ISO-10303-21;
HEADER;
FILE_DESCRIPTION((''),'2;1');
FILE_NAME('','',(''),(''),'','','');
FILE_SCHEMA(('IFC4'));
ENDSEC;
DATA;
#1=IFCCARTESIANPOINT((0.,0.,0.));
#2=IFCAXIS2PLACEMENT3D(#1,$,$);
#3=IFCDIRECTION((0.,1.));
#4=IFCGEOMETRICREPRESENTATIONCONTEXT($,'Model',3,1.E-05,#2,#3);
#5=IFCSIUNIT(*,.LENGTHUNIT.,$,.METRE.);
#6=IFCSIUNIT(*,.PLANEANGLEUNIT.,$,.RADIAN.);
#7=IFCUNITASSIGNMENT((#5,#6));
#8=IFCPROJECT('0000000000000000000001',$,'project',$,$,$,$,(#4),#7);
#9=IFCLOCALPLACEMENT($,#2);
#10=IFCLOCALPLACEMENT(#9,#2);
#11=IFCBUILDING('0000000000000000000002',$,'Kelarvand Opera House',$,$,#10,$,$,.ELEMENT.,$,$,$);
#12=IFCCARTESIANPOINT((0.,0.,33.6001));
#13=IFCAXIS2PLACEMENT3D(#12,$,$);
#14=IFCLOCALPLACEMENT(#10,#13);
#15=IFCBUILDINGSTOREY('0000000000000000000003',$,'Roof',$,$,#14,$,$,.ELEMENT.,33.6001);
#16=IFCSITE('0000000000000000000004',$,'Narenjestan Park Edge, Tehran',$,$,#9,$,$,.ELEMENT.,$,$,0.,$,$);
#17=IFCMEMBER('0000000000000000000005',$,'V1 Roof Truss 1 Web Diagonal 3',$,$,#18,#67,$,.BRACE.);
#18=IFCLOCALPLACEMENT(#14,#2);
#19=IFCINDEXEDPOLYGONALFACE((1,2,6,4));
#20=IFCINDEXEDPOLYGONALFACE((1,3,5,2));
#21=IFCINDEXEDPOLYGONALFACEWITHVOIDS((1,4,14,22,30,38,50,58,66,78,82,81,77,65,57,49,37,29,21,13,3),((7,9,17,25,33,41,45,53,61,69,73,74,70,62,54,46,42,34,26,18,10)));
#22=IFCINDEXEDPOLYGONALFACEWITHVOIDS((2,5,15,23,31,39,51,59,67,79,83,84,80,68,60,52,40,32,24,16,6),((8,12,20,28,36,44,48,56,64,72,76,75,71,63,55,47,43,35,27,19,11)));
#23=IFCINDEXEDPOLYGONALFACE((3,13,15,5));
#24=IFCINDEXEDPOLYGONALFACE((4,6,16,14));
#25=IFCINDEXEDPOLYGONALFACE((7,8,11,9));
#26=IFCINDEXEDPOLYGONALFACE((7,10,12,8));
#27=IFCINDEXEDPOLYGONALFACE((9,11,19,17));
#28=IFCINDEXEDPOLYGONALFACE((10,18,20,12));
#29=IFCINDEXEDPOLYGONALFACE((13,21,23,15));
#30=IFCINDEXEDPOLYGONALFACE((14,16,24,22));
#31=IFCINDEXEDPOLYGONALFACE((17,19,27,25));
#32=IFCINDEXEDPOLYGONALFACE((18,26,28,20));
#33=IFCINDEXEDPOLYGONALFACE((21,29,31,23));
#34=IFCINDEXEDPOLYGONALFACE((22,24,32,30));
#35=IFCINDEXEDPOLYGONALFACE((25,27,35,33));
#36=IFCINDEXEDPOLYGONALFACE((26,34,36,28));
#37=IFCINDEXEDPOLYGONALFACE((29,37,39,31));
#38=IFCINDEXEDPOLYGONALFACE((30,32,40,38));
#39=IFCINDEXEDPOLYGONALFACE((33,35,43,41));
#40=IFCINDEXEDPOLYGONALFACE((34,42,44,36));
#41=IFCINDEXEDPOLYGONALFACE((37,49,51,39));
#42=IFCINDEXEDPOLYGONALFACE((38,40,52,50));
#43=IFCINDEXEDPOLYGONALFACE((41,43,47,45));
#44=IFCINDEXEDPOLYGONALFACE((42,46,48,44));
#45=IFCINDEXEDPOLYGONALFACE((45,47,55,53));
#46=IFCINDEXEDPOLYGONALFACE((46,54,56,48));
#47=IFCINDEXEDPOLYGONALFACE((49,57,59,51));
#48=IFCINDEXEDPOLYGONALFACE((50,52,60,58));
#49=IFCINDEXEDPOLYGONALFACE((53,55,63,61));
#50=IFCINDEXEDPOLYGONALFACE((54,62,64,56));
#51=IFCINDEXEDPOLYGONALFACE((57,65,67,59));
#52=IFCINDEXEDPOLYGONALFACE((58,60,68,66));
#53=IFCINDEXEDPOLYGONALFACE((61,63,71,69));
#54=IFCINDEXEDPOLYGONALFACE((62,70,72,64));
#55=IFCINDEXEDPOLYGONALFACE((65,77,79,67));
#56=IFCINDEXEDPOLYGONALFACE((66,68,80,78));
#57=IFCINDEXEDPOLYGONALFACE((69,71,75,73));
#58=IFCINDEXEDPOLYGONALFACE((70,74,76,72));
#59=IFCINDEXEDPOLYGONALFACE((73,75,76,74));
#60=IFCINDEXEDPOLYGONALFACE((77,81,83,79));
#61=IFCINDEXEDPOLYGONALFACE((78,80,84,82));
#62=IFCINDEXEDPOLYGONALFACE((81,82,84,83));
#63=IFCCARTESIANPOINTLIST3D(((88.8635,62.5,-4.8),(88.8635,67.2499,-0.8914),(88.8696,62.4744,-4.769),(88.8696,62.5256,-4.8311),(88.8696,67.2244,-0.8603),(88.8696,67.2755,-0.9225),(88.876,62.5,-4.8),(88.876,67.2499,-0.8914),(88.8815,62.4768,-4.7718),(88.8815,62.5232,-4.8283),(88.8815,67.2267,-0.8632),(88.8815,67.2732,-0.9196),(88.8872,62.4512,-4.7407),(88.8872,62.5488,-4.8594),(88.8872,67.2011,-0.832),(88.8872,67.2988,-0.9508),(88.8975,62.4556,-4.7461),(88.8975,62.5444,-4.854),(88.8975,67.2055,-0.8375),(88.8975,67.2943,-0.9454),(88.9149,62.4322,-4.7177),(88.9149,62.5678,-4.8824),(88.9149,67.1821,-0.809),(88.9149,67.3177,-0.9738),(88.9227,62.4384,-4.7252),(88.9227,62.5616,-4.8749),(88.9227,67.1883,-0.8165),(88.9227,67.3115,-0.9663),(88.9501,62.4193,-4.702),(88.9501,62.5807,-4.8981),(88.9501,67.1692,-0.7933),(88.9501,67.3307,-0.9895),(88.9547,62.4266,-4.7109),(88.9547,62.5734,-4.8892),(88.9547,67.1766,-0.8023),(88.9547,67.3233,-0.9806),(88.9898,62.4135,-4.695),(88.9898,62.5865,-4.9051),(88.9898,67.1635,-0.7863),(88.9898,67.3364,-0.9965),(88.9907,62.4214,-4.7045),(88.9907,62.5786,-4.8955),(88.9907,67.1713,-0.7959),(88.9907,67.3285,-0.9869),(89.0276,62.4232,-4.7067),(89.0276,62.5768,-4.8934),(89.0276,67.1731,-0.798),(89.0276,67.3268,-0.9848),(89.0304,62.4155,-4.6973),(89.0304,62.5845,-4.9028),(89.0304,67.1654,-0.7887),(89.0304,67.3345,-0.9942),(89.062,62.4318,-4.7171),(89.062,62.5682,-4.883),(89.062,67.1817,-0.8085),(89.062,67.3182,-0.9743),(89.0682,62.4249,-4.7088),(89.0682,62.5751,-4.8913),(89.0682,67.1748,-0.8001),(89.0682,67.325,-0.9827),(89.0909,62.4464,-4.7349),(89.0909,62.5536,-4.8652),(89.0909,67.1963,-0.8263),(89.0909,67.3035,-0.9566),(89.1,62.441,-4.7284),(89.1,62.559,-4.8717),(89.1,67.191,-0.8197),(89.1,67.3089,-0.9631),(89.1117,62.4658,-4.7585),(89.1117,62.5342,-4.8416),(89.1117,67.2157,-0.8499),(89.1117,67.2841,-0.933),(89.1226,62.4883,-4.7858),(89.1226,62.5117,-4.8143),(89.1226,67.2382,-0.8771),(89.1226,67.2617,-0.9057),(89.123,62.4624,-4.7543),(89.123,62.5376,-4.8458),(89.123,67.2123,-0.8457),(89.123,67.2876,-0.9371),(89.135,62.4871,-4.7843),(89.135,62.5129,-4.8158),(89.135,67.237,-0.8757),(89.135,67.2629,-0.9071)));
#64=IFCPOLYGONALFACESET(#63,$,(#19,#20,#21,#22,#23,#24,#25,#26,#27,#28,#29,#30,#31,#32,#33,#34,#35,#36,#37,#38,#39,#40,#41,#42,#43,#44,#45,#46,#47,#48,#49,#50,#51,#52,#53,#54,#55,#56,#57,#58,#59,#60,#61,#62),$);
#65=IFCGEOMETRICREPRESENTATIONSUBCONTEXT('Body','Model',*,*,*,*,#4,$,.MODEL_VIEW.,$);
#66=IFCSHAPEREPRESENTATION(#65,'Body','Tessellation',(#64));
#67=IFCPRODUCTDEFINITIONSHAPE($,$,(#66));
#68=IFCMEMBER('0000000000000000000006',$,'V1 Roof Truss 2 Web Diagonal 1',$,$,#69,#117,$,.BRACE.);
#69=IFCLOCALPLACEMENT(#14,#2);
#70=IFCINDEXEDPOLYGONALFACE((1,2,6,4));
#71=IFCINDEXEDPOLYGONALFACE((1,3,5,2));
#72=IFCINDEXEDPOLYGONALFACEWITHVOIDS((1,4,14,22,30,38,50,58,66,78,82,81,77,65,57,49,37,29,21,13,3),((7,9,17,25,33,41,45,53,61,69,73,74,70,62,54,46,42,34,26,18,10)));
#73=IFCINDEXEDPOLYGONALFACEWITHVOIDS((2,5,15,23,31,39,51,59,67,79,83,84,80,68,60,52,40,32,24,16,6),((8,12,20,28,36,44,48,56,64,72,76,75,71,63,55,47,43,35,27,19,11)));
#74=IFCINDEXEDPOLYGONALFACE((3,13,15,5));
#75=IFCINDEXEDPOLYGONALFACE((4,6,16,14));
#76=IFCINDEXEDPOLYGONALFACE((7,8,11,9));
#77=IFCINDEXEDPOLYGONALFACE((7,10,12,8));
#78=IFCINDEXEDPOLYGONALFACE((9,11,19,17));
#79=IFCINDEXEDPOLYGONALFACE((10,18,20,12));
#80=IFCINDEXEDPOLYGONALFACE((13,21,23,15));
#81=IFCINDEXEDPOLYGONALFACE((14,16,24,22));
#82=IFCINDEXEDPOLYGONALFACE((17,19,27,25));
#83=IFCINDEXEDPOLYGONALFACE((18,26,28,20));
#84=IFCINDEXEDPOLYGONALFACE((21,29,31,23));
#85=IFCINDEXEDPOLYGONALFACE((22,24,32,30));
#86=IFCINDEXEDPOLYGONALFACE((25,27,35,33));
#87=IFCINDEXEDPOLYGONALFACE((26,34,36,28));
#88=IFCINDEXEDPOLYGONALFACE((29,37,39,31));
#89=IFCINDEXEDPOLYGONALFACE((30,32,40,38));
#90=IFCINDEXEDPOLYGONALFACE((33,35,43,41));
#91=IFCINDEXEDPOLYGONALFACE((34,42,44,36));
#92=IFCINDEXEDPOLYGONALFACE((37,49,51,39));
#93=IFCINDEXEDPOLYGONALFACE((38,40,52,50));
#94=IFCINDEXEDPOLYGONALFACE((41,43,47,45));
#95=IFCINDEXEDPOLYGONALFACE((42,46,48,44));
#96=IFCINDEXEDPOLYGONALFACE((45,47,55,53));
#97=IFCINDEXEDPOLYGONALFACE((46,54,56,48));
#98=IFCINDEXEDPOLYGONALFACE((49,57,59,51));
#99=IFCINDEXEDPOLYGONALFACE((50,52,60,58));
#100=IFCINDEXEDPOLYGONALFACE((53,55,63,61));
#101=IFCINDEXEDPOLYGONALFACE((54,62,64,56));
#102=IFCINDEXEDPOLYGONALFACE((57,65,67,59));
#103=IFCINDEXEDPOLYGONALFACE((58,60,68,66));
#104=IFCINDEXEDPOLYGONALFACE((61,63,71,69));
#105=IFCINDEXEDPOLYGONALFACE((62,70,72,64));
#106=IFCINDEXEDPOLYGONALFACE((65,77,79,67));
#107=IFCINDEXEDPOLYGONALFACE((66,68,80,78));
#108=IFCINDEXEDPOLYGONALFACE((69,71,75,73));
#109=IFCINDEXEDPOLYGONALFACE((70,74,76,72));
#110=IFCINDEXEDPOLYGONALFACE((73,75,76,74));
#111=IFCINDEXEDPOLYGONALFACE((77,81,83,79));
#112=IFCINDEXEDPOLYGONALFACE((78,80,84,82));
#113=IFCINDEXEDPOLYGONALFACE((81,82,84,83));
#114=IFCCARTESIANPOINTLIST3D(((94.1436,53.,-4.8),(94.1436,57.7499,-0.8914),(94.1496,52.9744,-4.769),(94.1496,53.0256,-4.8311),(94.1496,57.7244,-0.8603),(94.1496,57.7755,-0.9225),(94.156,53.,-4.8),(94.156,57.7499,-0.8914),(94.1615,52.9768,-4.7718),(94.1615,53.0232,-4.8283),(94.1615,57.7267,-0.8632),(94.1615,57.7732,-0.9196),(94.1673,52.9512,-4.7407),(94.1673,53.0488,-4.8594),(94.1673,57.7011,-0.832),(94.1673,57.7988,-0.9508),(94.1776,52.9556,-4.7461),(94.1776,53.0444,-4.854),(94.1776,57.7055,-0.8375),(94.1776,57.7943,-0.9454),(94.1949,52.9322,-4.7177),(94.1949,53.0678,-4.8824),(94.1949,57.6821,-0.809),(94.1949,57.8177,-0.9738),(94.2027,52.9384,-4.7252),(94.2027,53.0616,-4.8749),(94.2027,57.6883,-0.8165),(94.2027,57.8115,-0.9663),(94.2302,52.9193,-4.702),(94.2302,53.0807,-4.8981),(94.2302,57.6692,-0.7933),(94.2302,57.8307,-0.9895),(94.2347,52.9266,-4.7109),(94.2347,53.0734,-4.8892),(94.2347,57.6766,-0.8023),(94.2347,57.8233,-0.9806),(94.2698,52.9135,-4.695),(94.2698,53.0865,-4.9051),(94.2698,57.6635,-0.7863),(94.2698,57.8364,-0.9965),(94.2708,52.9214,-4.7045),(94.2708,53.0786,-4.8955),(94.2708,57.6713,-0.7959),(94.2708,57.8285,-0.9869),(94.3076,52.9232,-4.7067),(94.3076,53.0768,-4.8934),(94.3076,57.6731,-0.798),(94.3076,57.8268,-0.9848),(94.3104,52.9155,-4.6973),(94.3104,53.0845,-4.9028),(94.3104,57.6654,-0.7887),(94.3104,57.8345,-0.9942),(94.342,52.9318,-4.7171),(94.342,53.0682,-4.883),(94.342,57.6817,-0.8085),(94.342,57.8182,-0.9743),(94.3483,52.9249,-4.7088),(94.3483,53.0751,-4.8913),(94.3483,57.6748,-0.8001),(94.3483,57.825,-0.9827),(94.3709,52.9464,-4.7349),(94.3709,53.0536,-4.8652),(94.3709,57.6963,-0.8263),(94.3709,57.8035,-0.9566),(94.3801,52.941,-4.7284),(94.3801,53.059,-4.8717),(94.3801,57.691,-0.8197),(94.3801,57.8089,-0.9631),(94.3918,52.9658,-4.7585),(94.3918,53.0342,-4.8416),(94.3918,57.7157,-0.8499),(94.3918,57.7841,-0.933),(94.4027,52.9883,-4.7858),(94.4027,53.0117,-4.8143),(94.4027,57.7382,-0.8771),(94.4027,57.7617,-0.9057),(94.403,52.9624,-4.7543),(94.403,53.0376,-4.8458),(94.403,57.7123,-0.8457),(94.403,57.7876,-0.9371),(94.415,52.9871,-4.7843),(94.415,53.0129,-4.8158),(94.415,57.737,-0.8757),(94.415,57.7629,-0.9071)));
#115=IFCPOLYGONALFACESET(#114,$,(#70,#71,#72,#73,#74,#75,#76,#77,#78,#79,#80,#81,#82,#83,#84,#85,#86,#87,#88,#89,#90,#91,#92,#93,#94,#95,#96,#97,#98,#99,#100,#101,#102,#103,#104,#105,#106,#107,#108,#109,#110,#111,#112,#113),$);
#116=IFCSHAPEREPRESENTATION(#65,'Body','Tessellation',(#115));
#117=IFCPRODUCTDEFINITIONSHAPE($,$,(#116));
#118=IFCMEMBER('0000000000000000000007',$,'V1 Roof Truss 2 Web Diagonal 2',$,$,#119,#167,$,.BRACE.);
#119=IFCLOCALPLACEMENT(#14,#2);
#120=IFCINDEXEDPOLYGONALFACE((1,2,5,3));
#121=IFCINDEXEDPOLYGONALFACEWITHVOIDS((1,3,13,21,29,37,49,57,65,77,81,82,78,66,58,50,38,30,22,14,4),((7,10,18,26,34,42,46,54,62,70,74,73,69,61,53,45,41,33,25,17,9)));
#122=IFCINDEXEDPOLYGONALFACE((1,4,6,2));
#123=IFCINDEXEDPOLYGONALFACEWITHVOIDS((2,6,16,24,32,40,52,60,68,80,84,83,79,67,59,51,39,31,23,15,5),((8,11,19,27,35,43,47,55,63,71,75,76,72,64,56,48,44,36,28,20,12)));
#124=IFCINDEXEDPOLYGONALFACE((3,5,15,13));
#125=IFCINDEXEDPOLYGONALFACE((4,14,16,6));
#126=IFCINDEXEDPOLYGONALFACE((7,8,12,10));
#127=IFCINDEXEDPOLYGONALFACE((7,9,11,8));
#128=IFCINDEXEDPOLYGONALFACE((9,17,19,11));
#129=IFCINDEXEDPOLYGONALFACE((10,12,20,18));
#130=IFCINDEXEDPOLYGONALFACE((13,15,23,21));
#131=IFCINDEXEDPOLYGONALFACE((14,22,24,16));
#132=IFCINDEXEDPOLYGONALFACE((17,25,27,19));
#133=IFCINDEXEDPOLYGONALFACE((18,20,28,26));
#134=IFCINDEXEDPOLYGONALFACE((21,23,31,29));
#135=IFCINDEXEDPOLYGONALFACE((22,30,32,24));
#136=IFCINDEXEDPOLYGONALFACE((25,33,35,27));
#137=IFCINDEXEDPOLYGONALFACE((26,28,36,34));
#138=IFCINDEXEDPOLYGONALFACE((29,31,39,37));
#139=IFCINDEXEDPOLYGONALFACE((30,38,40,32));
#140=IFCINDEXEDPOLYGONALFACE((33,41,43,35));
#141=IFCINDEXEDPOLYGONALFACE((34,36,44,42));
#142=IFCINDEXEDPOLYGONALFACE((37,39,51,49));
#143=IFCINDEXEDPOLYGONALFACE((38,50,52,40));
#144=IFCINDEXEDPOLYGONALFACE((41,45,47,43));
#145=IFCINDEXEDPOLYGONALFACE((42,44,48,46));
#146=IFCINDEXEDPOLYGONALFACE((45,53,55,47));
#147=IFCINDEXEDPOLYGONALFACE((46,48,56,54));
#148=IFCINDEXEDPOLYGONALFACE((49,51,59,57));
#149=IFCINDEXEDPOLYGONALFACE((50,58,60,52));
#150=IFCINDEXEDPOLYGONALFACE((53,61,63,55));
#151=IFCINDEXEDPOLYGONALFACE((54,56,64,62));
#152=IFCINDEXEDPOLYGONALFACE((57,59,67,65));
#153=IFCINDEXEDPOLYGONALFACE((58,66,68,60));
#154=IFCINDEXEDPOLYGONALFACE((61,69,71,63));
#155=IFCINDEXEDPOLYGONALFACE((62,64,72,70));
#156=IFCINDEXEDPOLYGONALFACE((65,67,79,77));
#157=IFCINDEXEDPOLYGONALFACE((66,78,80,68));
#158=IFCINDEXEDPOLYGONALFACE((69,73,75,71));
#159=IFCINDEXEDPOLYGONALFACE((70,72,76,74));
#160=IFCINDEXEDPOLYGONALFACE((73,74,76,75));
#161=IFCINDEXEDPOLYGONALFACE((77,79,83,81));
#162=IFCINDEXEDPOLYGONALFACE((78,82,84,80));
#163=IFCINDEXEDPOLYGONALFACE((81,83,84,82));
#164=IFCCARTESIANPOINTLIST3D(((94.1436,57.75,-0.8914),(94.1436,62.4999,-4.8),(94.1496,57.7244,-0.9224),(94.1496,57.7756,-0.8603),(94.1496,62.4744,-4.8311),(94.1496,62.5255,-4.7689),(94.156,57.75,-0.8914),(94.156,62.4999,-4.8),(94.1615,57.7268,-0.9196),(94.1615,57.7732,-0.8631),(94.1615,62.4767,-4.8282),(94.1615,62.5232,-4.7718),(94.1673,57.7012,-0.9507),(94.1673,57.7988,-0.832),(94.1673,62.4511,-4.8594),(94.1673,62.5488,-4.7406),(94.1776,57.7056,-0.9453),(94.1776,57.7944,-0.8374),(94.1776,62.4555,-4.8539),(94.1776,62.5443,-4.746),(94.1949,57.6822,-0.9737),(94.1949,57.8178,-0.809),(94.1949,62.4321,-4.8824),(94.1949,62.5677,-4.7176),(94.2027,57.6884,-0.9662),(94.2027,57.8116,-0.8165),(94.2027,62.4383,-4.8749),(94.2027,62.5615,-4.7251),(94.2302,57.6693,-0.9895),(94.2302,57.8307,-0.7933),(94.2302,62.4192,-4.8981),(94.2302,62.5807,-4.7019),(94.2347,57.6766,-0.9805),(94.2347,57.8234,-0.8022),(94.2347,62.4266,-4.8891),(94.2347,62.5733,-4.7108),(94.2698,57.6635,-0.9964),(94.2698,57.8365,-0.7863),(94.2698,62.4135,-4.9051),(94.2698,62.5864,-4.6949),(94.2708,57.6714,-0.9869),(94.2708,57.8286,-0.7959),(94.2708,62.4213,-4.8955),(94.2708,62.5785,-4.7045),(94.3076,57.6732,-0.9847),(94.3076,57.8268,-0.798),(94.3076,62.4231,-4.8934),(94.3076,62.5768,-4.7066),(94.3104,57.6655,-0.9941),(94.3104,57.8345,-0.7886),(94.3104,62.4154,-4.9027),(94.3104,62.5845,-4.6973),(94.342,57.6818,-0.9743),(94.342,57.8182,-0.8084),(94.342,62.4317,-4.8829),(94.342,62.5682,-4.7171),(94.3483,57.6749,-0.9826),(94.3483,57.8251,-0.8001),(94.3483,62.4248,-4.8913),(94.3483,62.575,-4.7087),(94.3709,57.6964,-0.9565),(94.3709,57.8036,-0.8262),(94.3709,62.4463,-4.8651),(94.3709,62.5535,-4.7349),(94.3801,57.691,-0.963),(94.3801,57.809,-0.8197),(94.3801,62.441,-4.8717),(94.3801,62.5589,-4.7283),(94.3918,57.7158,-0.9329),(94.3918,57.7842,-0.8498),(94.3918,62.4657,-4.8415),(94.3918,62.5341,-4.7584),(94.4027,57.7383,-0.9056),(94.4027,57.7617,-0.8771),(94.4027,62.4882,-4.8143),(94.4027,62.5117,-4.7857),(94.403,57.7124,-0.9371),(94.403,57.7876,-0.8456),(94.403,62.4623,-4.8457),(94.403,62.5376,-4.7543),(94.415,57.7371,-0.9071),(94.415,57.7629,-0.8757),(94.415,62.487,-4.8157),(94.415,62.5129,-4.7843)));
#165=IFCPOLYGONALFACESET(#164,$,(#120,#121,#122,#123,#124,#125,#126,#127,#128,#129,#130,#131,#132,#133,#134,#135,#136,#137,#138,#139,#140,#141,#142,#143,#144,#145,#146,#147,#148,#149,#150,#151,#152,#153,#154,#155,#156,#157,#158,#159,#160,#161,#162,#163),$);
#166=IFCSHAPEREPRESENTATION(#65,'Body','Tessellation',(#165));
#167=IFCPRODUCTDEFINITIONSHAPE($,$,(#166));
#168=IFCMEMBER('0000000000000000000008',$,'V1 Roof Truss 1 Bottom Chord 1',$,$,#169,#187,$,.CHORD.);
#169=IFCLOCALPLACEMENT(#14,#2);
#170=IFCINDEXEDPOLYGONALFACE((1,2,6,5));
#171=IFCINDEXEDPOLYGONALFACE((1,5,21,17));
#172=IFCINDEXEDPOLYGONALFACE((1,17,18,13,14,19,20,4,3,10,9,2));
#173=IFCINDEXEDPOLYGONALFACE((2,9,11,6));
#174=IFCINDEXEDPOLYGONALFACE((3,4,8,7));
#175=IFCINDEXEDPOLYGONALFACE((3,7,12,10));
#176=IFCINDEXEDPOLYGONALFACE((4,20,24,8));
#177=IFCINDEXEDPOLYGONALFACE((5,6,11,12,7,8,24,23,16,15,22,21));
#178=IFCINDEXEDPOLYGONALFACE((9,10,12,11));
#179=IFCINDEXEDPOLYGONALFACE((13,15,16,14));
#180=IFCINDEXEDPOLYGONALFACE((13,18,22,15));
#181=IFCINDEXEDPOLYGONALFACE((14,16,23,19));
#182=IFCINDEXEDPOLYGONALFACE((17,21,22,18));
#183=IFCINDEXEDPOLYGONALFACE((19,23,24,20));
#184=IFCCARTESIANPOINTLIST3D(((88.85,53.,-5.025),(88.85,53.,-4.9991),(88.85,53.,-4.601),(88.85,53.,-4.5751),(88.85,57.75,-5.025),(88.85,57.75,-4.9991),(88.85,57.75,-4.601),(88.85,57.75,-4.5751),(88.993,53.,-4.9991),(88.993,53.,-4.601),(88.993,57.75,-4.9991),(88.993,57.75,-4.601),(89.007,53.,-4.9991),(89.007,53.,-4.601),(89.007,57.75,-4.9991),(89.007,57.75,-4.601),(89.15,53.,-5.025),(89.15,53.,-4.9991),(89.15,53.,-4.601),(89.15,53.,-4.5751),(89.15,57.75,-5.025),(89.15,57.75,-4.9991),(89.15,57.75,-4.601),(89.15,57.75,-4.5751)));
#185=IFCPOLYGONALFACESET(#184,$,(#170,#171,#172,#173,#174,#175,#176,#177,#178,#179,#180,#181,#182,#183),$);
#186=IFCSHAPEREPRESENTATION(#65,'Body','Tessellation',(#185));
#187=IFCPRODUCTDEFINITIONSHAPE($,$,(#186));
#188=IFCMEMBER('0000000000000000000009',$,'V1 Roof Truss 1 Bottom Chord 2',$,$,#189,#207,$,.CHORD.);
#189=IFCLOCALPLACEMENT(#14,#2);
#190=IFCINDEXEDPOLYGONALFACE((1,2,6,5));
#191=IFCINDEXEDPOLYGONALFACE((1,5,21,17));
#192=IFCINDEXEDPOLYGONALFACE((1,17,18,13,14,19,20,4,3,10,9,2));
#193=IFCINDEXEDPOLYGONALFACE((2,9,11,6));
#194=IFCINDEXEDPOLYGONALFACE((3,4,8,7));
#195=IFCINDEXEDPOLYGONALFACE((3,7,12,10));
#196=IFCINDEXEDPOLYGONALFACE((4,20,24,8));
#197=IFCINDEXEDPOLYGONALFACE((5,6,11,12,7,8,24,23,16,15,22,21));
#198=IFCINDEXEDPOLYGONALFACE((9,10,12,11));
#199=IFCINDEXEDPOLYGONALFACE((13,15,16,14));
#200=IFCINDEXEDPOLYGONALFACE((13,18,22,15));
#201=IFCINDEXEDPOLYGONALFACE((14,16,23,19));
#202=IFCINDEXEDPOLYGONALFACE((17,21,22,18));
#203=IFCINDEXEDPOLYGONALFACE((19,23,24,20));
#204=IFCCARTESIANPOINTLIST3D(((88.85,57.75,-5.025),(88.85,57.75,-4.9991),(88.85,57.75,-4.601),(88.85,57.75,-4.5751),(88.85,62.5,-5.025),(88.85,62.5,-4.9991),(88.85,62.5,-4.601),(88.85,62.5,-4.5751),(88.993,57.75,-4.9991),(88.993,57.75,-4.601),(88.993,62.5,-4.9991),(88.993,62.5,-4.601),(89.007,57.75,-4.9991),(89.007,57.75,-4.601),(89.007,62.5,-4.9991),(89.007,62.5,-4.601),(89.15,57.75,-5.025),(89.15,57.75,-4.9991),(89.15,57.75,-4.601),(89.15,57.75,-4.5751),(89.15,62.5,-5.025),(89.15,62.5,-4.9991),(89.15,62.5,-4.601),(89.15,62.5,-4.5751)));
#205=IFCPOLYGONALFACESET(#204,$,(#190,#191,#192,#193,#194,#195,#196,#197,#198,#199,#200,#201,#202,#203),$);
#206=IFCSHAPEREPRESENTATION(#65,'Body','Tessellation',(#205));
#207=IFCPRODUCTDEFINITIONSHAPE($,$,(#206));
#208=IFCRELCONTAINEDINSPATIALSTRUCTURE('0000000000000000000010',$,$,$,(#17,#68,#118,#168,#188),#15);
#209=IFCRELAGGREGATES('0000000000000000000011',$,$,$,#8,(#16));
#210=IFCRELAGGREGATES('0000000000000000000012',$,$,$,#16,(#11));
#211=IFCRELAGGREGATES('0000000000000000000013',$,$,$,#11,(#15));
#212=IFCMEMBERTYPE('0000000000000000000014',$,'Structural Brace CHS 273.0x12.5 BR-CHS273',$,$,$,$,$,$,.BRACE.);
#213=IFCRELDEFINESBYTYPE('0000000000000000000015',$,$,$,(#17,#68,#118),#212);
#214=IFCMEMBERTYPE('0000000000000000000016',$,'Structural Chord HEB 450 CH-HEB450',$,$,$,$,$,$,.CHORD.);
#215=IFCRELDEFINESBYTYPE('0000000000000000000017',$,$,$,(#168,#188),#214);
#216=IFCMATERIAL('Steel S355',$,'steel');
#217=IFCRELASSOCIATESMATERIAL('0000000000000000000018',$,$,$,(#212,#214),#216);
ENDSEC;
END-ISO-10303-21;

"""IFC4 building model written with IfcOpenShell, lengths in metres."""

from ifc_helpers import new_model, si_unit, direction, frame, origin, origin_2d, place, context, subcontext, project, spatial, hollow_circle, i_section, extrude, material, material_profile, profile_set, type_object, element, save


model = new_model("IFC4")

# Units and contexts
model_context = context("Model", 3, precision=1e-05, world=origin(), true_north=direction((0.0, 1.0)))
body_context = subcontext(model_context, "Body", "Model", "MODEL_VIEW")
ifc_project = project(units=[si_unit("LENGTHUNIT", "METRE"), si_unit("PLANEANGLEUNIT", "RADIAN")], contexts=[model_context])

# Site, building, storey
site_placement = place(None, origin())
site = spatial("IfcSite", under=ifc_project, at=site_placement, Name="Narenjestan Park Edge, Tehran", CompositionType="ELEMENT", RefElevation=0.0)
building_placement = place(site_placement, origin())
building = spatial("IfcBuilding", under=site, at=building_placement, Name="Kelarvand Opera House", CompositionType="ELEMENT")
storey_placement = place(building_placement, frame((0.0, 0.0, 33.6001)))
storey = spatial("IfcBuildingStorey", under=building, at=storey_placement, Name="Roof", CompositionType="ELEMENT", Elevation=33.6001)

# Members
ifc_material_1 = material(Name="Steel S355", Category="steel")
ifc_material_profile_1 = material_profile(ifc_material_1, hollow_circle(Radius=0.1365, WallThickness=0.0125, at=origin_2d()), Name="CHS 273.0x12.5", Category="steel")
ifc_profile_set_1 = profile_set([ifc_material_profile_1], Name="Steel S355")
member_type_1 = type_object("IfcMemberType", Name="Structural Brace CHS 273.0x12.5 BR-CHS273", PredefinedType="BRACE", material=ifc_profile_set_1)
for number, where, z_axis, x_axis, name in (
    (1, (89.0, 62.5, -4.8), (0.0, 0.772175, 0.63541), (-1.0, 0.0, 0.0), "V1 Roof Truss 1 Web Diagonal 3"),
    (2, (94.28, 53.0, -4.8), (0.0, 0.772175, 0.63541), (-1.0, 0.0, 0.0), "V1 Roof Truss 2 Web Diagonal 1"),
    (3, (94.28, 57.75, -0.8914), (0.0, 0.772175, -0.63541), (-1.0, 0.0, 0.0), "V1 Roof Truss 2 Web Diagonal 2"),
):
    element("IfcMember", number, at=place(storey_placement, frame(where, z_axis=z_axis, x_axis=x_axis)), inside=storey, type_object=member_type_1, Name=name, PredefinedType="BRACE", context=body_context, shape_type="SweptSolid", body=[
        extrude(hollow_circle(Radius=0.1365, WallThickness=0.0125, at=origin_2d()), origin(), (0.0, 0.0, 1.0), 6.1514),
    ])
ifc_material_profile_2 = material_profile(ifc_material_1, i_section(OverallWidth=0.3, OverallDepth=0.45, WebThickness=0.0139, FlangeThickness=0.0259, at=origin_2d()), Name="HEB 450", Category="steel")
ifc_profile_set_2 = profile_set([ifc_material_profile_2], Name="Steel S355")
member_type_2 = type_object("IfcMemberType", Name="Structural Chord HEB 450 CH-HEB450", PredefinedType="CHORD", material=ifc_profile_set_2)
for number, where, z_axis, x_axis, name in (
    (4, (89.0, 53.0, -4.8), (0.0, 1.0, 0.0), (-1.0, 0.0, 0.0), "V1 Roof Truss 1 Bottom Chord 1"),
    (5, (89.0, 57.75, -4.8), (0.0, 1.0, 0.0), (-1.0, 0.0, 0.0), "V1 Roof Truss 1 Bottom Chord 2"),
):
    element("IfcMember", number, at=place(storey_placement, frame(where, z_axis=z_axis, x_axis=x_axis)), inside=storey, type_object=member_type_2, Name=name, PredefinedType="CHORD", context=body_context, shape_type="SweptSolid", body=[
        extrude(i_section(OverallWidth=0.3, OverallDepth=0.45, WebThickness=0.0139, FlangeThickness=0.0259, at=origin_2d()), origin(), (0.0, 0.0, 1.0), 4.75),
    ])

save(model, "model.ifc")
